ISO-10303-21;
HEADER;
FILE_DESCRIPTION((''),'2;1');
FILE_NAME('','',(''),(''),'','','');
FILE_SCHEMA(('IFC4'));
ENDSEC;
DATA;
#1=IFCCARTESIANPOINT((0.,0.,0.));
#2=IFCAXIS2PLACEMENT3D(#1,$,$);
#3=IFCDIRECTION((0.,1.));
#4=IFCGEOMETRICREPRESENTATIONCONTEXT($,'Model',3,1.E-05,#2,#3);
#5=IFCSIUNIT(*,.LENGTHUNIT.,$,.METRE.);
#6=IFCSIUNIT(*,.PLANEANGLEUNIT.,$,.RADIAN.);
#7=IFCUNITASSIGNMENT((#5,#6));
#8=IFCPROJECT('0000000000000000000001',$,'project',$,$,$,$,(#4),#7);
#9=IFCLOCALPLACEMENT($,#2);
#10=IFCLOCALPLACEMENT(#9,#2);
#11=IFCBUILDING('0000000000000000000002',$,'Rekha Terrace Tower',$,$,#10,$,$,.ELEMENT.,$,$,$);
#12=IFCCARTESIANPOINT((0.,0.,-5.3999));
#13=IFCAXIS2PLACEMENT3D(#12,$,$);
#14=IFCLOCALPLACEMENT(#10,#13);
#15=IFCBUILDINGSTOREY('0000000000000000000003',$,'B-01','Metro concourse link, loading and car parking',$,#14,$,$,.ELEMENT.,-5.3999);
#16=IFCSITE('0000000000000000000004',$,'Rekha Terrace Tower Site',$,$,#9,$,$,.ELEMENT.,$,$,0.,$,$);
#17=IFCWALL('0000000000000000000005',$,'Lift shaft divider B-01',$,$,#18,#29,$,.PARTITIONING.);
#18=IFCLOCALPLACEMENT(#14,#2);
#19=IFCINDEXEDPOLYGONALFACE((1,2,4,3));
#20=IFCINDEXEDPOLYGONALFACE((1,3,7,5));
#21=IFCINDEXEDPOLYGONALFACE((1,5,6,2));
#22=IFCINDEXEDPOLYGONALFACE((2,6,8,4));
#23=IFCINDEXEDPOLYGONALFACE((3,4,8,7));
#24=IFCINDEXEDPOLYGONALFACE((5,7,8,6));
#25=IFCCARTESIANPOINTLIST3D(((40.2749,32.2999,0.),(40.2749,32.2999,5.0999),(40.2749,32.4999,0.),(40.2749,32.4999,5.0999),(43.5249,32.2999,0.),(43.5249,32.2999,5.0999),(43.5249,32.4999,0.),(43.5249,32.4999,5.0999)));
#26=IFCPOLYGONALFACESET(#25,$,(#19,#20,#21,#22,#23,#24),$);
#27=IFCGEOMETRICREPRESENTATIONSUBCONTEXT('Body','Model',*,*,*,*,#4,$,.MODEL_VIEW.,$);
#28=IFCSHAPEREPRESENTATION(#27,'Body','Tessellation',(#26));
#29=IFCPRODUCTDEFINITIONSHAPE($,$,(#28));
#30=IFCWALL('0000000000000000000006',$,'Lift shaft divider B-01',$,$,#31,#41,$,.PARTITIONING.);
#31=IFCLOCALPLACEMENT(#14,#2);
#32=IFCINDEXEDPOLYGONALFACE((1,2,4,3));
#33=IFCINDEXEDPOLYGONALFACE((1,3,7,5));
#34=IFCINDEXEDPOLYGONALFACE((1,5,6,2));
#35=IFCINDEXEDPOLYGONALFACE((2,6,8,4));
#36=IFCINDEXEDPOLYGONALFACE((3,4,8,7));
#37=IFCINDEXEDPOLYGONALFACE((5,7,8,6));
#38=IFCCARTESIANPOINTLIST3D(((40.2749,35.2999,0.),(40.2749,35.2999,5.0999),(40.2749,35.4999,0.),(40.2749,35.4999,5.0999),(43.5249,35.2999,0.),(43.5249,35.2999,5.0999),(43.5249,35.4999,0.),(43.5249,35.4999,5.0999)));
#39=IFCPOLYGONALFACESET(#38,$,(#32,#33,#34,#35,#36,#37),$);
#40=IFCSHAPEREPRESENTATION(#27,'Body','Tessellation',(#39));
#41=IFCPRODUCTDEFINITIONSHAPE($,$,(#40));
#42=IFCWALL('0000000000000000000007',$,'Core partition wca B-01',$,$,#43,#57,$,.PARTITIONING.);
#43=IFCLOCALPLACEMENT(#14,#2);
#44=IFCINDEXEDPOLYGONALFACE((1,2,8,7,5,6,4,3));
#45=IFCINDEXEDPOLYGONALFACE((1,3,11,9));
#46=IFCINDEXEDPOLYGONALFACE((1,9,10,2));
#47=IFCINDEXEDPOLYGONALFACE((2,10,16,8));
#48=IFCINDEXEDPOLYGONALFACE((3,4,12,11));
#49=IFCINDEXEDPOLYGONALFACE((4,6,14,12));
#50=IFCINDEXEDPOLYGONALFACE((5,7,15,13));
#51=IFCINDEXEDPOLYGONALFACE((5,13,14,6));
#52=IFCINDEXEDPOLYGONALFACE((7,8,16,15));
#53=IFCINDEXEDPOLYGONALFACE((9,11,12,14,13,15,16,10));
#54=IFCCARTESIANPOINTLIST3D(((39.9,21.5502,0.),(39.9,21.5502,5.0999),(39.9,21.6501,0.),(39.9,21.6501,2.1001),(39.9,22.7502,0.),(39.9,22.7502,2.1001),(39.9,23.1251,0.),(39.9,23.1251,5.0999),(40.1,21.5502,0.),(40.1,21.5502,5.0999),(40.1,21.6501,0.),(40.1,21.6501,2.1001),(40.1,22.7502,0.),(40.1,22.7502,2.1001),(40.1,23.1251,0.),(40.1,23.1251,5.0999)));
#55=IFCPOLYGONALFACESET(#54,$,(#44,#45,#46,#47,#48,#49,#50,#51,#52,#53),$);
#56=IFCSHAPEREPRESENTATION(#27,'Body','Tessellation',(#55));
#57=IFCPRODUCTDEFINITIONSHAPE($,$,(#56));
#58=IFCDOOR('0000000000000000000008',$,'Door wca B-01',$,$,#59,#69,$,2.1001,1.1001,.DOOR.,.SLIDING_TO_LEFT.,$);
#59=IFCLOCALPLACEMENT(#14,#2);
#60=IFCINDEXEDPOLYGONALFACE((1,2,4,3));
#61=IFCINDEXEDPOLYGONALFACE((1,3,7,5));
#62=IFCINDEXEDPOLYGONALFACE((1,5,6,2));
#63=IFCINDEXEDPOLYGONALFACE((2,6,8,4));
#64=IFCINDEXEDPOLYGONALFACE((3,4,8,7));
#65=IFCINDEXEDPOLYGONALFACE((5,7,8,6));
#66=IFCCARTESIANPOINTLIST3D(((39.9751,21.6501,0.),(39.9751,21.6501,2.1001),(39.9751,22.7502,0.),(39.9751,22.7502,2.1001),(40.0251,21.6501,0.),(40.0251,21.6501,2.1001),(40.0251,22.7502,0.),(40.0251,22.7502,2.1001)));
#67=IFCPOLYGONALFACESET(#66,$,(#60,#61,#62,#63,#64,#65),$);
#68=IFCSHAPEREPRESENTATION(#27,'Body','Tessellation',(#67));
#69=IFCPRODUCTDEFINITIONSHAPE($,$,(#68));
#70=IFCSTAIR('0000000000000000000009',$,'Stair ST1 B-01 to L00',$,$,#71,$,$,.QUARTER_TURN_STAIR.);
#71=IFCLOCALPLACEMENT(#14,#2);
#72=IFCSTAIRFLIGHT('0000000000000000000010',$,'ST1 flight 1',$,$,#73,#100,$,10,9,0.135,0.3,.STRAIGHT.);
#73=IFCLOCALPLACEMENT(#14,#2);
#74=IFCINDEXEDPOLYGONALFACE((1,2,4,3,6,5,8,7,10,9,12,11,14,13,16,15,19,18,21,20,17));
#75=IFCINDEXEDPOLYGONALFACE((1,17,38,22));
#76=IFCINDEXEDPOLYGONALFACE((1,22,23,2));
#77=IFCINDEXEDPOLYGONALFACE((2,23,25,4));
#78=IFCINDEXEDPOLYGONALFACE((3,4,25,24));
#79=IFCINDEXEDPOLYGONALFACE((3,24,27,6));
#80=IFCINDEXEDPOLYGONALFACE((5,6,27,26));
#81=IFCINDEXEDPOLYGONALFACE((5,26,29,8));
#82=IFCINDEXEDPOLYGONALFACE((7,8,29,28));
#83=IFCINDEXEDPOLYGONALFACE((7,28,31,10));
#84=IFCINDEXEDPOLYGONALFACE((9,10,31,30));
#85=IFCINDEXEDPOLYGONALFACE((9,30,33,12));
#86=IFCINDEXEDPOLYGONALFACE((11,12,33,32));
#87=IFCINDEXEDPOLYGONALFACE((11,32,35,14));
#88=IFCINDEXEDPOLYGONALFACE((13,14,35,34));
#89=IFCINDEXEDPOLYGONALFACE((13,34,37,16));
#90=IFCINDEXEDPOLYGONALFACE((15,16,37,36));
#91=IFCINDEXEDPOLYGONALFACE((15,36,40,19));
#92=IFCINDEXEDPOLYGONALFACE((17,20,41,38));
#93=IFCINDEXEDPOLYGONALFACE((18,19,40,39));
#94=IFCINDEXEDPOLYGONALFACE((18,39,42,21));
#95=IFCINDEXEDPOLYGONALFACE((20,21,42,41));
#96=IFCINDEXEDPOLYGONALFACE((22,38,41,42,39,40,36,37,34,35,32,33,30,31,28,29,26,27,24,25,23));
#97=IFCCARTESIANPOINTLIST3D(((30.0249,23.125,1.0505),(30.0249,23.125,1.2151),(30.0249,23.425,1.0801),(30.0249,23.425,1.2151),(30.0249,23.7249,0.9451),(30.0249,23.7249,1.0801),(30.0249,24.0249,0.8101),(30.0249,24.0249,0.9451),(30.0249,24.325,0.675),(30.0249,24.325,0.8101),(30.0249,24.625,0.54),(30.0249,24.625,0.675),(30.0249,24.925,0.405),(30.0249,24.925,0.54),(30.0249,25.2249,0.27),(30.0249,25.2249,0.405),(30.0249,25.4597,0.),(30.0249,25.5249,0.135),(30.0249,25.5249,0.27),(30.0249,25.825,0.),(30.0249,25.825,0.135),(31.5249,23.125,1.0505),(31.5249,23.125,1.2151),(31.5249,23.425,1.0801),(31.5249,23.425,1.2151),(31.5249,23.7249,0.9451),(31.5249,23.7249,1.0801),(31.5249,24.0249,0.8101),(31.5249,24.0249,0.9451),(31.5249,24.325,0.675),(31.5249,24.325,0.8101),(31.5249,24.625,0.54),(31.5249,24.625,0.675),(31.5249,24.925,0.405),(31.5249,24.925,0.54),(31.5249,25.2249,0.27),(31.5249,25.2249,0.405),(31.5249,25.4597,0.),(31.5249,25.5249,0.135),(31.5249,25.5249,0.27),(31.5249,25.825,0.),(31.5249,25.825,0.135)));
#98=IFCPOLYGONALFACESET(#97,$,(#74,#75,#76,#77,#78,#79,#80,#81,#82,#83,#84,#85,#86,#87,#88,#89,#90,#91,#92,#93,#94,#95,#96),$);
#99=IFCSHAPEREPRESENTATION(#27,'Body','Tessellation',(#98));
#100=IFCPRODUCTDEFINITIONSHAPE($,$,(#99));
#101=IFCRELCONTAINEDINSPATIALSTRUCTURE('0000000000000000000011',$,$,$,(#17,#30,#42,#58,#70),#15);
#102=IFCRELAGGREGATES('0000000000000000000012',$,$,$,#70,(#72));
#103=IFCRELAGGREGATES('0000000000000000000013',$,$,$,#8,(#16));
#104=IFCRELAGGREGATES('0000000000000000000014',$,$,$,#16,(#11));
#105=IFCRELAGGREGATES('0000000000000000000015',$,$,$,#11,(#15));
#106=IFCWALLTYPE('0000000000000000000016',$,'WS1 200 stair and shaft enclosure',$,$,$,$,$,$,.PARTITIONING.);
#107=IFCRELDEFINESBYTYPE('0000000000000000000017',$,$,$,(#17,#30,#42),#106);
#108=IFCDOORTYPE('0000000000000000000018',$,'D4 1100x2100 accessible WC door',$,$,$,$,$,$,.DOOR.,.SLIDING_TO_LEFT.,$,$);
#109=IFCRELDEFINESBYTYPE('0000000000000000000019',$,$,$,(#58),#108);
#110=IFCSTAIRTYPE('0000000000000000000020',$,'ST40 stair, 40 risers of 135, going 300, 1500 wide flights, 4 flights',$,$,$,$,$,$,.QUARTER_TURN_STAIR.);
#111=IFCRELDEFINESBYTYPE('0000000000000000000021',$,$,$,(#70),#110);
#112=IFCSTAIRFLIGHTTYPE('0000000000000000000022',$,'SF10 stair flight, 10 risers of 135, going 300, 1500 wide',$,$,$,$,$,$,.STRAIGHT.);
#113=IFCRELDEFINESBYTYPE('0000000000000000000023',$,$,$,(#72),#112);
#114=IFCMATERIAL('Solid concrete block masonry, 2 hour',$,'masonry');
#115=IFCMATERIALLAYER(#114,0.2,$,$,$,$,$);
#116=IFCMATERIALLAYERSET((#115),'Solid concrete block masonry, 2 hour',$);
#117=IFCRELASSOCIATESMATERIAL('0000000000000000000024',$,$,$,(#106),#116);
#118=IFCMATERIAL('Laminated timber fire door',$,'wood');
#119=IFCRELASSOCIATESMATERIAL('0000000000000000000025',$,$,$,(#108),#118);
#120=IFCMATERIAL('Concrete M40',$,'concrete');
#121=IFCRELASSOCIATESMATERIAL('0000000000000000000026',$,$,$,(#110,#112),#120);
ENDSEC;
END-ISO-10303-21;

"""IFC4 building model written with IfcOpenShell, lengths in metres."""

from ifc_helpers import new_model, si_unit, direction, frame, frame_2d, origin, place, context, subcontext, project, spatial, polyline, rectangle, outline, extrude, material, layer, layer_set, type_object, element, fill, aggregate, save


model = new_model("IFC4")

# Units and contexts
model_context = context("Model", 3, precision=1e-05, world=origin(), true_north=direction((0.0, 1.0)))
body_context = subcontext(model_context, "Body", "Model", "MODEL_VIEW")
ifc_project = project(units=[si_unit("LENGTHUNIT", "METRE"), si_unit("PLANEANGLEUNIT", "RADIAN")], contexts=[model_context])

# Site, building, storey
site_placement = place(None, origin())
site = spatial("IfcSite", under=ifc_project, at=site_placement, Name="Rekha Terrace Tower Site", CompositionType="ELEMENT", RefElevation=0.0)
building_placement = place(site_placement, origin())
building = spatial("IfcBuilding", under=site, at=building_placement, Name="Rekha Terrace Tower", CompositionType="ELEMENT")
storey_placement = place(building_placement, frame((0.0, 0.0, -5.3999)))
storey = spatial("IfcBuildingStorey", under=building, at=storey_placement, Name="B-01", Description="Metro concourse link, loading and car parking", CompositionType="ELEMENT", Elevation=-5.3999)

# Walls
ifc_material_1 = material(Name="Solid concrete block masonry, 2 hour", Category="masonry")
ifc_layer_1 = layer(ifc_material_1, 0.2)
ifc_layer_set_1 = layer_set([ifc_layer_1], Name="Solid concrete block masonry, 2 hour")
wall_type_1 = type_object("IfcWallType", Name="WS1 200 stair and shaft enclosure", PredefinedType="PARTITIONING", material=ifc_layer_set_1)
for number, where, z_axis, x_axis, name in (
    (1, (40.2749, 32.3999, 0.0), (0.0, 0.0, 1.0), (1.0, 0.0, 0.0), "Lift shaft divider B-01"),
    (2, (40.2749, 35.3999, 0.0), (0.0, 0.0, 1.0), (1.0, 0.0, 0.0), "Lift shaft divider B-01"),
):
    element("IfcWall", number, at=place(storey_placement, frame(where, z_axis=z_axis, x_axis=x_axis)), inside=storey, type_object=wall_type_1, Name=name, PredefinedType="PARTITIONING", context=body_context, shape_type="SweptSolid", body=[
        extrude(rectangle(XDim=3.25, YDim=0.2, at=frame_2d((1.625, 0.0))), origin(), (0.0, 0.0, 1.0), 5.0999),
    ])

# Wall, opening, door
wall_1_placement = place(storey_placement, frame((40.0, 21.55, 0.0), z_axis=(0.0, 0.0, 1.0), x_axis=(0.0, 1.0, 0.0)))
wall_1 = element("IfcWall", 3, at=wall_1_placement, inside=storey, type_object=wall_type_1, Name="Core partition wca B-01", PredefinedType="PARTITIONING", context=body_context, shape_type="SweptSolid", body=[
    extrude(rectangle(XDim=1.575, YDim=0.2, at=frame_2d((0.7876, 0.0))), origin(), (0.0, 0.0, 1.0), 5.0999),
])
opening_placement = place(wall_1_placement, frame((0.1001, 0.0, 0.0)))
opening = element("IfcOpeningElement", 4, at=opening_placement, cuts=wall_1, PredefinedType="OPENING", context=body_context, shape_type="SweptSolid", body=[
    extrude(rectangle(XDim=1.1001, YDim=2.1001, at=frame_2d((0.55, 1.05))), frame((0.0, 0.1099, 0.0), z_axis=(0.0, -1.0, 0.0), x_axis=(1.0, 0.0, 0.0)), (0.0, 0.0, 1.0), 0.22),
])
ifc_material_2 = material(Name="Laminated timber fire door", Category="wood")
door_type = type_object("IfcDoorType", Name="D4 1100x2100 accessible WC door", OperationType="SLIDING_TO_LEFT", PredefinedType="DOOR", material=ifc_material_2)
door_placement = place(opening_placement, origin())
door = element("IfcDoor", 5, at=door_placement, inside=storey, type_object=door_type, Name="Door wca B-01", OperationType="SLIDING_TO_LEFT", OverallHeight=2.1001, OverallWidth=1.1001, PredefinedType="DOOR", context=body_context, shape_type="SweptSolid", body=[
    extrude(rectangle(XDim=1.1001, YDim=2.1001, at=frame_2d((0.55, 1.05))), frame((0.0, 0.0249, 0.0), z_axis=(0.0, -1.0, 0.0), x_axis=(1.0, 0.0, 0.0)), (0.0, 0.0, 1.0), 0.05),
])
fill(opening, door)

# Stair, stair flight
ifc_material_3 = material(Name="Concrete M40", Category="concrete")
stair_type = type_object("IfcStairType", Name="ST40 stair, 40 risers of 135, going 300, 1500 wide flights, 4 flights", PredefinedType="QUARTER_TURN_STAIR", material=ifc_material_3)
stair_placement = place(storey_placement, origin())
stair = element("IfcStair", 6, at=stair_placement, inside=storey, type_object=stair_type, Name="Stair ST1 B-01 to L00", PredefinedType="QUARTER_TURN_STAIR")
stair_flight_type = type_object("IfcStairFlightType", Name="SF10 stair flight, 10 risers of 135, going 300, 1500 wide", PredefinedType="STRAIGHT", material=ifc_material_3)
stair_flight_placement = place(storey_placement, frame((30.7749, 25.825, 0.0), z_axis=(0.0, 0.0, 1.0), x_axis=(0.0, -1.0, 0.0)))
stair_flight = element("IfcStairFlight", 7, at=stair_flight_placement, type_object=stair_flight_type, Name="ST1 flight 1", NumberOfRisers=10, NumberOfTreads=9, PredefinedType="STRAIGHT", RiserHeight=0.135, TreadLength=0.3, context=body_context, shape_type="SweptSolid", body=[
    extrude(outline(polyline([(0.0, 0.0), (0.0, 0.135), (0.3, 0.135), (0.3, 0.27), (0.6001, 0.27), (0.6001, 0.405), (0.8999, 0.405), (0.8999, 0.54), (1.2, 0.54), (1.2, 0.675), (1.5, 0.675), (1.5, 0.8101), (1.8, 0.8101), (1.8, 0.9451), (2.1001, 0.9451), (2.1001, 1.0801), (2.3999, 1.0801), (2.3999, 1.2151), (2.7, 1.2151), (2.7, 1.3501), (2.7, 1.0505), (0.3652, 0.0), (0.0, 0.0)])), frame((0.0, 0.75, 0.0), z_axis=(0.0, -1.0, 0.0), x_axis=(1.0, 0.0, 0.0)), (0.0, 0.0, 1.0), 1.5),
])
aggregate(stair, [stair_flight])

save(model, "model.ifc")
